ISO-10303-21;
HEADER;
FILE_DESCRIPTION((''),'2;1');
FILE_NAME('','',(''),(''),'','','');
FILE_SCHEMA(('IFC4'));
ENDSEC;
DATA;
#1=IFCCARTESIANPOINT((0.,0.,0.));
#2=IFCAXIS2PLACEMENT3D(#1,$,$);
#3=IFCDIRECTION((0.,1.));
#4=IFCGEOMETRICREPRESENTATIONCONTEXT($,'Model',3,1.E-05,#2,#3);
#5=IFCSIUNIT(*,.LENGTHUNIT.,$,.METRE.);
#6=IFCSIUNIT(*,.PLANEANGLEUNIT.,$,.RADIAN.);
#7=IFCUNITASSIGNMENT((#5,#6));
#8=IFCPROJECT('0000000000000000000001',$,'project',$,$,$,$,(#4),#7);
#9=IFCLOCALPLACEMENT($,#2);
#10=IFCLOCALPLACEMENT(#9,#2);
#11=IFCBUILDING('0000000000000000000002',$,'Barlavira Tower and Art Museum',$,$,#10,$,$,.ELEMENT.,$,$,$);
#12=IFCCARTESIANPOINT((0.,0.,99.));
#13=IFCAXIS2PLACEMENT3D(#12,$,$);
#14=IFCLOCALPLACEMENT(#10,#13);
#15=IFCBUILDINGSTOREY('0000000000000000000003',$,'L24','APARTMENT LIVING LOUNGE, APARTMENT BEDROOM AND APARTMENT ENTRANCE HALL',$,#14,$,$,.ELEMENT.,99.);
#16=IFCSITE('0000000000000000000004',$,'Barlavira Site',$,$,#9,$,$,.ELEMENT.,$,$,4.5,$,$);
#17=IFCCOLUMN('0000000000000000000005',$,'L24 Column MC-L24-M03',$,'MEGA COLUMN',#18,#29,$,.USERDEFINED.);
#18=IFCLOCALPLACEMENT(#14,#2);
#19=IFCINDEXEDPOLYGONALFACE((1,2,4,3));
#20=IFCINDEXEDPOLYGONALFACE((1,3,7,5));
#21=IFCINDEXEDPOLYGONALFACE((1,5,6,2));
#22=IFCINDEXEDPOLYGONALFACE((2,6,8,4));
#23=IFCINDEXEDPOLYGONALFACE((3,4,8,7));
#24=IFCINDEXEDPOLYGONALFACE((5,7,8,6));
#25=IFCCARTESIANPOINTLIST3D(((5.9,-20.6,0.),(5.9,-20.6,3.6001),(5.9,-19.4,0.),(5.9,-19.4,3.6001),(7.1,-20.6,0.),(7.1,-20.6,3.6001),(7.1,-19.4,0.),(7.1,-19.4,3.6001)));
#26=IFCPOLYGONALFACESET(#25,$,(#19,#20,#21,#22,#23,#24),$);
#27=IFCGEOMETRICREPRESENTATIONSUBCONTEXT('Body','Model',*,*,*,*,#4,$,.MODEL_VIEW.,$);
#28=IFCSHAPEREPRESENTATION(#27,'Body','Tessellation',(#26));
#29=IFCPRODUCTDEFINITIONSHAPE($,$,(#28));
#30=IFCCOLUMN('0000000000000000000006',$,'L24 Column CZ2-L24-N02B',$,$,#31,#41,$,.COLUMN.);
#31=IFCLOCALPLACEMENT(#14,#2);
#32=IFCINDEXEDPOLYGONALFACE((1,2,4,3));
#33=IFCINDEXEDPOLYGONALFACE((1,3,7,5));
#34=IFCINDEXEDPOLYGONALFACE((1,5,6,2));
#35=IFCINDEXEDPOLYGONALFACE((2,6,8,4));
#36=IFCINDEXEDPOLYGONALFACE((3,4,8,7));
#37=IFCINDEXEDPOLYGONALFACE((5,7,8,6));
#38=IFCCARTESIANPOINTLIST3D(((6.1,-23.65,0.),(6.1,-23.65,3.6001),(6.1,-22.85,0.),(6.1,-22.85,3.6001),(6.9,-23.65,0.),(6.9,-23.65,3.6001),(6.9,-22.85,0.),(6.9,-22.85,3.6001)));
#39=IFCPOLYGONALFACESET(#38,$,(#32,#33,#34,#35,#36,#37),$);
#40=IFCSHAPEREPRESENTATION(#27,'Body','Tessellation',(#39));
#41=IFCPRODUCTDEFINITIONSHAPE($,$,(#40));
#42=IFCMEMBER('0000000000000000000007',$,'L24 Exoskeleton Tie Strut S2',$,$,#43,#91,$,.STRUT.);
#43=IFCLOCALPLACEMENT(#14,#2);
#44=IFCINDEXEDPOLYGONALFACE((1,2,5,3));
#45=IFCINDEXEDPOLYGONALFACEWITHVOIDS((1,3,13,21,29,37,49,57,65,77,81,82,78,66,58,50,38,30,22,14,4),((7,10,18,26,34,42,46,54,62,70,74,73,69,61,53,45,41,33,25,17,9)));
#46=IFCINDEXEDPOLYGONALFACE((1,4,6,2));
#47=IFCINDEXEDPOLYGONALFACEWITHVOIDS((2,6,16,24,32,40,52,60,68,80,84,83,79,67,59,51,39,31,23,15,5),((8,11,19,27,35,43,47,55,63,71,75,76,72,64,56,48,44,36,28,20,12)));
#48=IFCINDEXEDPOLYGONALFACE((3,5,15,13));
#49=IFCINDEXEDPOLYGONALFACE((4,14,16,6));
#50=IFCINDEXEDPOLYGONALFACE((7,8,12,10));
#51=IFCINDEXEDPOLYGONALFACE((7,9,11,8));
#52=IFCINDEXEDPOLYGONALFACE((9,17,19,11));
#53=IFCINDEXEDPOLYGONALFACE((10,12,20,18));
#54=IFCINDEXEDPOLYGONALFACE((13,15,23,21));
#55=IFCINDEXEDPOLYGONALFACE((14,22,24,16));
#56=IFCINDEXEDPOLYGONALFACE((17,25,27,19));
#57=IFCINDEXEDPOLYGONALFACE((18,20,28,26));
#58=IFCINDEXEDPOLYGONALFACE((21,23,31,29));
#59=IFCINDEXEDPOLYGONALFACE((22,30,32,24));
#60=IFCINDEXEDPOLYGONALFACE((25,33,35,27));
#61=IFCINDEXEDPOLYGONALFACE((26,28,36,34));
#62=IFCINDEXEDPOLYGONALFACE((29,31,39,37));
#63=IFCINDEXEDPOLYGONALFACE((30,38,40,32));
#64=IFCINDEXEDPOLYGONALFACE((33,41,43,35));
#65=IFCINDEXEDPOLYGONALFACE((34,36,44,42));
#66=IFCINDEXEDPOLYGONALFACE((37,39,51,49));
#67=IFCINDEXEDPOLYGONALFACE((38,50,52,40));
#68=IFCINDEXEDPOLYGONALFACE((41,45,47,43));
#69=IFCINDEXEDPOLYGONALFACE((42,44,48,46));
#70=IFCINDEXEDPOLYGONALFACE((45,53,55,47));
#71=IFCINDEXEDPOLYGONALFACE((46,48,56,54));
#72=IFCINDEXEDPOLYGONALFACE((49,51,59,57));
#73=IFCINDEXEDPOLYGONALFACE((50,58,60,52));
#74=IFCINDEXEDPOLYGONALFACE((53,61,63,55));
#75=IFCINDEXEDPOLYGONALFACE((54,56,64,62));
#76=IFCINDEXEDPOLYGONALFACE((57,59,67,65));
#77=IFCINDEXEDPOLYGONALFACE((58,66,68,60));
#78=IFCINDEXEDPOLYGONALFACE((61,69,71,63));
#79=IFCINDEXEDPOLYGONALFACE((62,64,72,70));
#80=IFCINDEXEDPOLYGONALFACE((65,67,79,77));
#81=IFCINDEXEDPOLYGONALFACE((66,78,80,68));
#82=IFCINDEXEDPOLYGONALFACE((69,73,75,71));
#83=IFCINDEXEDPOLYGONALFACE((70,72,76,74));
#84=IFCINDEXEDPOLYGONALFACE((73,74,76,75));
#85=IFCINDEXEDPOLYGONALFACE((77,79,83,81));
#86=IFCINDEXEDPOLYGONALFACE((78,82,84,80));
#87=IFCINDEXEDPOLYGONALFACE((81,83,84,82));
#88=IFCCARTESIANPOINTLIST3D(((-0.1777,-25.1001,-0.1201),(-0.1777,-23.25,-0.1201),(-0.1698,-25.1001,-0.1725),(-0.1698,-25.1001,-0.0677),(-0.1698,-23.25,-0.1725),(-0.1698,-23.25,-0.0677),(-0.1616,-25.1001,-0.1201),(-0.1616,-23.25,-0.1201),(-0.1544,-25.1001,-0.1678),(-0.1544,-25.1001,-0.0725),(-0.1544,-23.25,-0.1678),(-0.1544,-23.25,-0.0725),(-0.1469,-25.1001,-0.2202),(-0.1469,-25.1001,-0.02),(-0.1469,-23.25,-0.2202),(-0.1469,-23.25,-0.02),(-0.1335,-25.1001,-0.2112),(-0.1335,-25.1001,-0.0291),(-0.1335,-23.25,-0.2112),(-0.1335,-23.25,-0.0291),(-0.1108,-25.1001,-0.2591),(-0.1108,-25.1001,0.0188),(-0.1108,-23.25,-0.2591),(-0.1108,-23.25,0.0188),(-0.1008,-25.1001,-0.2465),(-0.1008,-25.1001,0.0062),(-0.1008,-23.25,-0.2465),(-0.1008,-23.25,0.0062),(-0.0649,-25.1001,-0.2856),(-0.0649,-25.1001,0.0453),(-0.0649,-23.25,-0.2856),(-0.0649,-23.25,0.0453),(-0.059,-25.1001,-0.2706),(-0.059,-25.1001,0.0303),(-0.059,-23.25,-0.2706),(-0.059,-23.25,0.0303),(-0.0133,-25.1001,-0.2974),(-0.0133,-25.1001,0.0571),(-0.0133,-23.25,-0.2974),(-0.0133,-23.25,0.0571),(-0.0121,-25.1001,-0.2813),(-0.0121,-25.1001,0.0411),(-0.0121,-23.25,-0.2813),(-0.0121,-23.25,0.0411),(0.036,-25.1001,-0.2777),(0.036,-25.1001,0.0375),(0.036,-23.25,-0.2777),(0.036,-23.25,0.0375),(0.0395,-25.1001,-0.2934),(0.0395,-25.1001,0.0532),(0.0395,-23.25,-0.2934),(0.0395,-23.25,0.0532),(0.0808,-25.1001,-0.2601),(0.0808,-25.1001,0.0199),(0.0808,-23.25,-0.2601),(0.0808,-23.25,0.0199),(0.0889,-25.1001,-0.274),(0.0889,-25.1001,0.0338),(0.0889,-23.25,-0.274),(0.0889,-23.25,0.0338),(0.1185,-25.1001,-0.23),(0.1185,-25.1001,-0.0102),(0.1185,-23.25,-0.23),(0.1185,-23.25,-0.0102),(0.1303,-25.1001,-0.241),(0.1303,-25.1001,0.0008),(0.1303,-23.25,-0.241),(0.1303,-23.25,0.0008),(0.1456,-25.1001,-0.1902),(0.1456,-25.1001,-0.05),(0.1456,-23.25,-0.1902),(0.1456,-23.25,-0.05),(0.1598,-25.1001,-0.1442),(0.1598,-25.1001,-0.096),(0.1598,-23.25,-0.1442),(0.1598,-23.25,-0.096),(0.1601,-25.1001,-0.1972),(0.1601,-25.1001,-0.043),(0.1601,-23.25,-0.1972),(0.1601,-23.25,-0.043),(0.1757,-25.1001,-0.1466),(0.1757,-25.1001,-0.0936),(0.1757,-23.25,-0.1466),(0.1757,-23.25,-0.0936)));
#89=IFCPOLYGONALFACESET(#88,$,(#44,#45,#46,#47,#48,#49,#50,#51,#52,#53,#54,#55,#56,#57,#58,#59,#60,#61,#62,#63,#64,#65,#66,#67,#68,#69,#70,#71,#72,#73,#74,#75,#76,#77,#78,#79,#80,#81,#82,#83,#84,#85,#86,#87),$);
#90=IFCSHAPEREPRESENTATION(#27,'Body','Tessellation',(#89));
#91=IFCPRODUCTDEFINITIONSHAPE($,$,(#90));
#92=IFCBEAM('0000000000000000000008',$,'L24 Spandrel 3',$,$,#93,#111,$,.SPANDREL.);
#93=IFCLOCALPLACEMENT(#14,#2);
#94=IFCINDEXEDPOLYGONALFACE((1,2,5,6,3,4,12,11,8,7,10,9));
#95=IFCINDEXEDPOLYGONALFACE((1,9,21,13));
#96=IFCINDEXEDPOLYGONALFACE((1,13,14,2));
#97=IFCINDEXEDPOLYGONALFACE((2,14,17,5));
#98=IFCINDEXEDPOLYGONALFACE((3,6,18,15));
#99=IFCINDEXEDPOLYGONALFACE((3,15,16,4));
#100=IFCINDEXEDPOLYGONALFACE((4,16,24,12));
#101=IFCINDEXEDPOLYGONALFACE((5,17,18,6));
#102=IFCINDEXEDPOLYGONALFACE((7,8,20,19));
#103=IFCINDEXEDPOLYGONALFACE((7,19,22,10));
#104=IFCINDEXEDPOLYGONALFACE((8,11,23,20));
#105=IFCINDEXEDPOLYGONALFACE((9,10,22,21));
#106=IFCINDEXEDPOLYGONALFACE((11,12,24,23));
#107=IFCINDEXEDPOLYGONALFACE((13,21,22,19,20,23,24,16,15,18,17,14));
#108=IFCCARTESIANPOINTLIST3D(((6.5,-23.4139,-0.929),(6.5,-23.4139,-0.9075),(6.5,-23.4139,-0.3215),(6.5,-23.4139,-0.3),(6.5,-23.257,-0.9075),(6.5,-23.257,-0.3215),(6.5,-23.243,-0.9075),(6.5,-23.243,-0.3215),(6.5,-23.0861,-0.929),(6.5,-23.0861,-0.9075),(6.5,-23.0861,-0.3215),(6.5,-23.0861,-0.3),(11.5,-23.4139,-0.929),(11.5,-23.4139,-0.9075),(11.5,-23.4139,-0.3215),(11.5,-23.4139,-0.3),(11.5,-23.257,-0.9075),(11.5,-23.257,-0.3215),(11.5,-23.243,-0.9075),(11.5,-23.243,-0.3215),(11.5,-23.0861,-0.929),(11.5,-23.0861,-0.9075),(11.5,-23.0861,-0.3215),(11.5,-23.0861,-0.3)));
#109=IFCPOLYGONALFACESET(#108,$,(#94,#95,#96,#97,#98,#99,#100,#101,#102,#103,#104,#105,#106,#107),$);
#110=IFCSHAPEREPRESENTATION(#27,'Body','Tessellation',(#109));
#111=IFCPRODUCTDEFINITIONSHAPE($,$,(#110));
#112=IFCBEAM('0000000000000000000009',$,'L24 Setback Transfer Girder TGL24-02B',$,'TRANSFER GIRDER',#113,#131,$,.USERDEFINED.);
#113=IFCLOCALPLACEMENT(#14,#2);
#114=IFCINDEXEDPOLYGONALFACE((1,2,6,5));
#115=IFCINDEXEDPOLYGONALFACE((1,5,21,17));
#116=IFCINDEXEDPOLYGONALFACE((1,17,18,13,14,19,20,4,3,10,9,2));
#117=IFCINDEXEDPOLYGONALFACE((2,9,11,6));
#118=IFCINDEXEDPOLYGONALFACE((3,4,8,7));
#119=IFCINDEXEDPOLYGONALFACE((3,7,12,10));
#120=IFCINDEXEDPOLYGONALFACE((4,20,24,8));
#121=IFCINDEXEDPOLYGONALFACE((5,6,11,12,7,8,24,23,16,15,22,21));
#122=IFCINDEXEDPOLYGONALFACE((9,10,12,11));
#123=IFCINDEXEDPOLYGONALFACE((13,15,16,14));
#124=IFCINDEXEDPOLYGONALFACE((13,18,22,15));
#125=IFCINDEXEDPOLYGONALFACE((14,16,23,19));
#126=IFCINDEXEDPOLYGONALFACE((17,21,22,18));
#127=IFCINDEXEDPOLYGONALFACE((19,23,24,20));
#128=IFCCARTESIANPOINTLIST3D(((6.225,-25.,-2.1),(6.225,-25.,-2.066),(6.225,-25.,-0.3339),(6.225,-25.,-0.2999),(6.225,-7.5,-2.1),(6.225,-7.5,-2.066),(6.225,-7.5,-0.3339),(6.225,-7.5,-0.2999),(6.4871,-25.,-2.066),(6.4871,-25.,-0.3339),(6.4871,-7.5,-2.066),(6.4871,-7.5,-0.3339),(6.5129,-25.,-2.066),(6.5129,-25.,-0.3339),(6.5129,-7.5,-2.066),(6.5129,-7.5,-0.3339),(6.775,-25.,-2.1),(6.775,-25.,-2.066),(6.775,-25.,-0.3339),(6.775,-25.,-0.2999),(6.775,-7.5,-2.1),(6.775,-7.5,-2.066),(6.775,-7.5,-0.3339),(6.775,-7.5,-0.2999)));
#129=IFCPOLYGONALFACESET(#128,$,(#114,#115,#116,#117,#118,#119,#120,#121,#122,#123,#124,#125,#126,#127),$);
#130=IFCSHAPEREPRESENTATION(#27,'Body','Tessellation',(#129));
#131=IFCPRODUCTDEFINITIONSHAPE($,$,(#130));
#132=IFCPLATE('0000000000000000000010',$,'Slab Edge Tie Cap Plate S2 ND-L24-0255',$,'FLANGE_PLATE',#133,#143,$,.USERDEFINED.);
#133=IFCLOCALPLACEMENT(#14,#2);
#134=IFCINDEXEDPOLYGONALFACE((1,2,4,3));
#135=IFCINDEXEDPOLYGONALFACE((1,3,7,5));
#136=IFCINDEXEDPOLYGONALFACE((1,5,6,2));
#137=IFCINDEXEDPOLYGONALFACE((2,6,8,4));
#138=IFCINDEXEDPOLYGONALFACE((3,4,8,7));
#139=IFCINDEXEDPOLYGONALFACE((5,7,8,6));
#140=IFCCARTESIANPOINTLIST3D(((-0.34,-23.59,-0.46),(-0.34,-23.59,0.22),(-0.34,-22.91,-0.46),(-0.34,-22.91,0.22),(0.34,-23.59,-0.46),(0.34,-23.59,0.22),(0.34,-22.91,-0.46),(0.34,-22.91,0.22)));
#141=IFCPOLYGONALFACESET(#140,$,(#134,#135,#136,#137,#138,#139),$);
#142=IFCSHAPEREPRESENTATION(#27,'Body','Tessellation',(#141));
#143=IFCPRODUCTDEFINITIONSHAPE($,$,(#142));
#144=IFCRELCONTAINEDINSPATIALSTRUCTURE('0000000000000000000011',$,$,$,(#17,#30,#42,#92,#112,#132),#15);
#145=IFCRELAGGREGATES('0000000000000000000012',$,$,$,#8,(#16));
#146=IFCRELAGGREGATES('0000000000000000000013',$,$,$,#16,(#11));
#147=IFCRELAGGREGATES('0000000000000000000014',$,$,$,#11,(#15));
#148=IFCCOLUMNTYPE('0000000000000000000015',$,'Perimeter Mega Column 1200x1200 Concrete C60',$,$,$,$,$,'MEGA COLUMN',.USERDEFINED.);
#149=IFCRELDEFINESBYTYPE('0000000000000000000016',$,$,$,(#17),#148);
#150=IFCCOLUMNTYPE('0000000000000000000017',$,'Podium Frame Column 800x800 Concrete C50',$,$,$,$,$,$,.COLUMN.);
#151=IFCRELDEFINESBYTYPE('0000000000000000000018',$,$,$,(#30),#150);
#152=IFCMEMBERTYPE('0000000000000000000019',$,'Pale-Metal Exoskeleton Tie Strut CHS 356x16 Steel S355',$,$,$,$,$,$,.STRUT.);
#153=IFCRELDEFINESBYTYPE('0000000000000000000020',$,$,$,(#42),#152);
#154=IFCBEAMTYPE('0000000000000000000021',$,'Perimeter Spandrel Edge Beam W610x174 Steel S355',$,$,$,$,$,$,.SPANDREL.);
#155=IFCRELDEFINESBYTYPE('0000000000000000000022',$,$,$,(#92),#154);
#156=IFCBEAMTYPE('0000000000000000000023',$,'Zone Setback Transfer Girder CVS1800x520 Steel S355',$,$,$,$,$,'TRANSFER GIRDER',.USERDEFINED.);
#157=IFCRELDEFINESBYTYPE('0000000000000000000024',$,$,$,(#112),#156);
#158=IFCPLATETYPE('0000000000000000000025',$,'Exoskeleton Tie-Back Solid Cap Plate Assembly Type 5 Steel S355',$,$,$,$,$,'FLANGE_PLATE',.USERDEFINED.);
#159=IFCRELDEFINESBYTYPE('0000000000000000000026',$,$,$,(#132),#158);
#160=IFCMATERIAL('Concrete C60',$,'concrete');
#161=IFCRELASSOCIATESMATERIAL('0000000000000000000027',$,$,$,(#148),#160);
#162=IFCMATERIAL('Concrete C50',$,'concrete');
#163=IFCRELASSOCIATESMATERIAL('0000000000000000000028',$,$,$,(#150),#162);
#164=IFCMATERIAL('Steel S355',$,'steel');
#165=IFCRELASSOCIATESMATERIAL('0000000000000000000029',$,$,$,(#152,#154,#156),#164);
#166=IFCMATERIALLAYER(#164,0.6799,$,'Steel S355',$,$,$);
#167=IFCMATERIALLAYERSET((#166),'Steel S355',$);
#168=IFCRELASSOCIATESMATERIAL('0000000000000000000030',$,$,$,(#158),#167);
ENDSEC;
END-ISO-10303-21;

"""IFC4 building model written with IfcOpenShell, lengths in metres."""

from ifc_helpers import new_model, si_unit, direction, frame, origin, origin_2d, place, context, subcontext, project, spatial, rectangle, hollow_circle, i_section, extrude, material, layer, layer_set, material_profile, profile_set, type_object, element, save


model = new_model("IFC4")

# Units and contexts
model_context = context("Model", 3, precision=1e-05, world=origin(), true_north=direction((0.0, 1.0)))
body_context = subcontext(model_context, "Body", "Model", "MODEL_VIEW")
ifc_project = project(units=[si_unit("LENGTHUNIT", "METRE"), si_unit("PLANEANGLEUNIT", "RADIAN")], contexts=[model_context])

# Site, building, storey
site_placement = place(None, origin())
site = spatial("IfcSite", under=ifc_project, at=site_placement, Name="Barlavira Site", CompositionType="ELEMENT", RefElevation=4.5)
building_placement = place(site_placement, origin())
building = spatial("IfcBuilding", under=site, at=building_placement, Name="Barlavira Tower and Art Museum", CompositionType="ELEMENT")
storey_placement = place(building_placement, frame((0.0, 0.0, 99.0)))
storey = spatial("IfcBuildingStorey", under=building, at=storey_placement, Name="L24", Description="APARTMENT LIVING LOUNGE, APARTMENT BEDROOM AND APARTMENT ENTRANCE HALL", CompositionType="ELEMENT", Elevation=99.0)

# Columns
ifc_material_1 = material(Name="Concrete C60", Category="concrete")
ifc_material_profile_1 = material_profile(ifc_material_1, rectangle(XDim=1.2, YDim=1.2, at=origin_2d()), Name="RC-COL 1200x1200")
ifc_profile_set_1 = profile_set([ifc_material_profile_1], Name="Concrete C60")
column_type_1 = type_object("IfcColumnType", Name="Perimeter Mega Column 1200x1200 Concrete C60", ElementType="MEGA COLUMN", PredefinedType="USERDEFINED", material=ifc_profile_set_1)
column_1_placement = place(storey_placement, frame((6.5, -20.0, 0.0), z_axis=(0.0, 0.0, 1.0), x_axis=(1.0, 0.0, 0.0)))
element("IfcColumn", 1, at=column_1_placement, inside=storey, type_object=column_type_1, Name="L24 Column MC-L24-M03", ObjectType="MEGA COLUMN", PredefinedType="USERDEFINED", context=body_context, shape_type="SweptSolid", body=[
    extrude(rectangle(XDim=1.2, YDim=1.2, at=origin_2d()), origin(), (0.0, 0.0, 1.0), 3.6001),
])
ifc_material_2 = material(Name="Concrete C50", Category="concrete")
ifc_material_profile_2 = material_profile(ifc_material_2, rectangle(XDim=0.8, YDim=0.8, at=origin_2d()), Name="RC-COL 800x800")
ifc_profile_set_2 = profile_set([ifc_material_profile_2], Name="Concrete C50")
column_type_2 = type_object("IfcColumnType", Name="Podium Frame Column 800x800 Concrete C50", PredefinedType="COLUMN", material=ifc_profile_set_2)
column_2_placement = place(storey_placement, frame((6.5, -23.25, 0.0), z_axis=(0.0, 0.0, 1.0), x_axis=(1.0, 0.0, 0.0)))
element("IfcColumn", 2, at=column_2_placement, inside=storey, type_object=column_type_2, Name="L24 Column CZ2-L24-N02B", PredefinedType="COLUMN", context=body_context, shape_type="SweptSolid", body=[
    extrude(rectangle(XDim=0.8, YDim=0.8, at=origin_2d()), origin(), (0.0, 0.0, 1.0), 3.6001),
])

# Member
ifc_material_3 = material(Name="Steel S355", Category="steel")
ifc_material_profile_3 = material_profile(ifc_material_3, hollow_circle(Radius=0.1777, WallThickness=0.0161, at=origin_2d()), Name="CHS 355.6x16.0")
ifc_profile_set_3 = profile_set([ifc_material_profile_3], Name="Steel S355")
member_type = type_object("IfcMemberType", Name="Pale-Metal Exoskeleton Tie Strut CHS 356x16 Steel S355", PredefinedType="STRUT", material=ifc_profile_set_3)
member_placement = place(storey_placement, frame((0.0, -25.1001, -0.1201), z_axis=(0.0, 1.0, 0.0), x_axis=(-1.0, 0.0, 0.0)))
element("IfcMember", 3, at=member_placement, inside=storey, type_object=member_type, Name="L24 Exoskeleton Tie Strut S2", PredefinedType="STRUT", context=body_context, shape_type="SweptSolid", body=[
    extrude(hollow_circle(Radius=0.1777, WallThickness=0.0161, at=origin_2d()), origin(), (0.0, 0.0, 1.0), 1.8501),
])

# Beams
ifc_material_profile_4 = material_profile(ifc_material_3, i_section(OverallWidth=0.3279, OverallDepth=0.6289, WebThickness=0.0139, FlangeThickness=0.0215, at=origin_2d()), Name="W610x174.0")
ifc_profile_set_4 = profile_set([ifc_material_profile_4], Name="Steel S355")
beam_type_1 = type_object("IfcBeamType", Name="Perimeter Spandrel Edge Beam W610x174 Steel S355", PredefinedType="SPANDREL", material=ifc_profile_set_4)
beam_1_placement = place(storey_placement, frame((6.5, -23.25, -0.6145), z_axis=(1.0, 0.0, 0.0), x_axis=(0.0, 1.0, 0.0)))
element("IfcBeam", 4, at=beam_1_placement, inside=storey, type_object=beam_type_1, Name="L24 Spandrel 3", PredefinedType="SPANDREL", context=body_context, shape_type="SweptSolid", body=[
    extrude(i_section(OverallWidth=0.3279, OverallDepth=0.6289, WebThickness=0.0139, FlangeThickness=0.0215, at=origin_2d()), origin(), (0.0, 0.0, 1.0), 5.0),
])
ifc_material_profile_5 = material_profile(ifc_material_3, i_section(OverallWidth=0.55, OverallDepth=1.8, WebThickness=0.0259, FlangeThickness=0.0339, at=origin_2d()), Name="CVS1800x520")
ifc_profile_set_5 = profile_set([ifc_material_profile_5], Name="Steel S355")
beam_type_2 = type_object("IfcBeamType", Name="Zone Setback Transfer Girder CVS1800x520 Steel S355", ElementType="TRANSFER GIRDER", PredefinedType="USERDEFINED", material=ifc_profile_set_5)
beam_2_placement = place(storey_placement, frame((6.5, -25.0, -1.2), z_axis=(0.0, 1.0, 0.0), x_axis=(-1.0, 0.0, 0.0)))
element("IfcBeam", 5, at=beam_2_placement, inside=storey, type_object=beam_type_2, Name="L24 Setback Transfer Girder TGL24-02B", ObjectType="TRANSFER GIRDER", PredefinedType="USERDEFINED", context=body_context, shape_type="SweptSolid", body=[
    extrude(i_section(OverallWidth=0.55, OverallDepth=1.8, WebThickness=0.0259, FlangeThickness=0.0339, at=origin_2d()), origin(), (0.0, 0.0, 1.0), 17.5),
])

# Plate
ifc_layer_1 = layer(ifc_material_3, 0.6799, Name="Steel S355")
ifc_layer_set_1 = layer_set([ifc_layer_1], Name="Steel S355")
plate_type = type_object("IfcPlateType", Name="Exoskeleton Tie-Back Solid Cap Plate Assembly Type 5 Steel S355", ElementType="FLANGE_PLATE", PredefinedType="USERDEFINED", material=ifc_layer_set_1)
plate_placement = place(storey_placement, frame((0.0, -23.25, -0.46), z_axis=(0.0, 0.0, 1.0), x_axis=(1.0, 0.0, 0.0)))
element("IfcPlate", 6, at=plate_placement, inside=storey, type_object=plate_type, Name="Slab Edge Tie Cap Plate S2 ND-L24-0255", ObjectType="FLANGE_PLATE", PredefinedType="USERDEFINED", context=body_context, shape_type="SweptSolid", body=[
    extrude(rectangle(XDim=0.6799, YDim=0.6799, at=origin_2d()), origin(), (0.0, 0.0, 1.0), 0.6799),
])

save(model, "model.ifc")
